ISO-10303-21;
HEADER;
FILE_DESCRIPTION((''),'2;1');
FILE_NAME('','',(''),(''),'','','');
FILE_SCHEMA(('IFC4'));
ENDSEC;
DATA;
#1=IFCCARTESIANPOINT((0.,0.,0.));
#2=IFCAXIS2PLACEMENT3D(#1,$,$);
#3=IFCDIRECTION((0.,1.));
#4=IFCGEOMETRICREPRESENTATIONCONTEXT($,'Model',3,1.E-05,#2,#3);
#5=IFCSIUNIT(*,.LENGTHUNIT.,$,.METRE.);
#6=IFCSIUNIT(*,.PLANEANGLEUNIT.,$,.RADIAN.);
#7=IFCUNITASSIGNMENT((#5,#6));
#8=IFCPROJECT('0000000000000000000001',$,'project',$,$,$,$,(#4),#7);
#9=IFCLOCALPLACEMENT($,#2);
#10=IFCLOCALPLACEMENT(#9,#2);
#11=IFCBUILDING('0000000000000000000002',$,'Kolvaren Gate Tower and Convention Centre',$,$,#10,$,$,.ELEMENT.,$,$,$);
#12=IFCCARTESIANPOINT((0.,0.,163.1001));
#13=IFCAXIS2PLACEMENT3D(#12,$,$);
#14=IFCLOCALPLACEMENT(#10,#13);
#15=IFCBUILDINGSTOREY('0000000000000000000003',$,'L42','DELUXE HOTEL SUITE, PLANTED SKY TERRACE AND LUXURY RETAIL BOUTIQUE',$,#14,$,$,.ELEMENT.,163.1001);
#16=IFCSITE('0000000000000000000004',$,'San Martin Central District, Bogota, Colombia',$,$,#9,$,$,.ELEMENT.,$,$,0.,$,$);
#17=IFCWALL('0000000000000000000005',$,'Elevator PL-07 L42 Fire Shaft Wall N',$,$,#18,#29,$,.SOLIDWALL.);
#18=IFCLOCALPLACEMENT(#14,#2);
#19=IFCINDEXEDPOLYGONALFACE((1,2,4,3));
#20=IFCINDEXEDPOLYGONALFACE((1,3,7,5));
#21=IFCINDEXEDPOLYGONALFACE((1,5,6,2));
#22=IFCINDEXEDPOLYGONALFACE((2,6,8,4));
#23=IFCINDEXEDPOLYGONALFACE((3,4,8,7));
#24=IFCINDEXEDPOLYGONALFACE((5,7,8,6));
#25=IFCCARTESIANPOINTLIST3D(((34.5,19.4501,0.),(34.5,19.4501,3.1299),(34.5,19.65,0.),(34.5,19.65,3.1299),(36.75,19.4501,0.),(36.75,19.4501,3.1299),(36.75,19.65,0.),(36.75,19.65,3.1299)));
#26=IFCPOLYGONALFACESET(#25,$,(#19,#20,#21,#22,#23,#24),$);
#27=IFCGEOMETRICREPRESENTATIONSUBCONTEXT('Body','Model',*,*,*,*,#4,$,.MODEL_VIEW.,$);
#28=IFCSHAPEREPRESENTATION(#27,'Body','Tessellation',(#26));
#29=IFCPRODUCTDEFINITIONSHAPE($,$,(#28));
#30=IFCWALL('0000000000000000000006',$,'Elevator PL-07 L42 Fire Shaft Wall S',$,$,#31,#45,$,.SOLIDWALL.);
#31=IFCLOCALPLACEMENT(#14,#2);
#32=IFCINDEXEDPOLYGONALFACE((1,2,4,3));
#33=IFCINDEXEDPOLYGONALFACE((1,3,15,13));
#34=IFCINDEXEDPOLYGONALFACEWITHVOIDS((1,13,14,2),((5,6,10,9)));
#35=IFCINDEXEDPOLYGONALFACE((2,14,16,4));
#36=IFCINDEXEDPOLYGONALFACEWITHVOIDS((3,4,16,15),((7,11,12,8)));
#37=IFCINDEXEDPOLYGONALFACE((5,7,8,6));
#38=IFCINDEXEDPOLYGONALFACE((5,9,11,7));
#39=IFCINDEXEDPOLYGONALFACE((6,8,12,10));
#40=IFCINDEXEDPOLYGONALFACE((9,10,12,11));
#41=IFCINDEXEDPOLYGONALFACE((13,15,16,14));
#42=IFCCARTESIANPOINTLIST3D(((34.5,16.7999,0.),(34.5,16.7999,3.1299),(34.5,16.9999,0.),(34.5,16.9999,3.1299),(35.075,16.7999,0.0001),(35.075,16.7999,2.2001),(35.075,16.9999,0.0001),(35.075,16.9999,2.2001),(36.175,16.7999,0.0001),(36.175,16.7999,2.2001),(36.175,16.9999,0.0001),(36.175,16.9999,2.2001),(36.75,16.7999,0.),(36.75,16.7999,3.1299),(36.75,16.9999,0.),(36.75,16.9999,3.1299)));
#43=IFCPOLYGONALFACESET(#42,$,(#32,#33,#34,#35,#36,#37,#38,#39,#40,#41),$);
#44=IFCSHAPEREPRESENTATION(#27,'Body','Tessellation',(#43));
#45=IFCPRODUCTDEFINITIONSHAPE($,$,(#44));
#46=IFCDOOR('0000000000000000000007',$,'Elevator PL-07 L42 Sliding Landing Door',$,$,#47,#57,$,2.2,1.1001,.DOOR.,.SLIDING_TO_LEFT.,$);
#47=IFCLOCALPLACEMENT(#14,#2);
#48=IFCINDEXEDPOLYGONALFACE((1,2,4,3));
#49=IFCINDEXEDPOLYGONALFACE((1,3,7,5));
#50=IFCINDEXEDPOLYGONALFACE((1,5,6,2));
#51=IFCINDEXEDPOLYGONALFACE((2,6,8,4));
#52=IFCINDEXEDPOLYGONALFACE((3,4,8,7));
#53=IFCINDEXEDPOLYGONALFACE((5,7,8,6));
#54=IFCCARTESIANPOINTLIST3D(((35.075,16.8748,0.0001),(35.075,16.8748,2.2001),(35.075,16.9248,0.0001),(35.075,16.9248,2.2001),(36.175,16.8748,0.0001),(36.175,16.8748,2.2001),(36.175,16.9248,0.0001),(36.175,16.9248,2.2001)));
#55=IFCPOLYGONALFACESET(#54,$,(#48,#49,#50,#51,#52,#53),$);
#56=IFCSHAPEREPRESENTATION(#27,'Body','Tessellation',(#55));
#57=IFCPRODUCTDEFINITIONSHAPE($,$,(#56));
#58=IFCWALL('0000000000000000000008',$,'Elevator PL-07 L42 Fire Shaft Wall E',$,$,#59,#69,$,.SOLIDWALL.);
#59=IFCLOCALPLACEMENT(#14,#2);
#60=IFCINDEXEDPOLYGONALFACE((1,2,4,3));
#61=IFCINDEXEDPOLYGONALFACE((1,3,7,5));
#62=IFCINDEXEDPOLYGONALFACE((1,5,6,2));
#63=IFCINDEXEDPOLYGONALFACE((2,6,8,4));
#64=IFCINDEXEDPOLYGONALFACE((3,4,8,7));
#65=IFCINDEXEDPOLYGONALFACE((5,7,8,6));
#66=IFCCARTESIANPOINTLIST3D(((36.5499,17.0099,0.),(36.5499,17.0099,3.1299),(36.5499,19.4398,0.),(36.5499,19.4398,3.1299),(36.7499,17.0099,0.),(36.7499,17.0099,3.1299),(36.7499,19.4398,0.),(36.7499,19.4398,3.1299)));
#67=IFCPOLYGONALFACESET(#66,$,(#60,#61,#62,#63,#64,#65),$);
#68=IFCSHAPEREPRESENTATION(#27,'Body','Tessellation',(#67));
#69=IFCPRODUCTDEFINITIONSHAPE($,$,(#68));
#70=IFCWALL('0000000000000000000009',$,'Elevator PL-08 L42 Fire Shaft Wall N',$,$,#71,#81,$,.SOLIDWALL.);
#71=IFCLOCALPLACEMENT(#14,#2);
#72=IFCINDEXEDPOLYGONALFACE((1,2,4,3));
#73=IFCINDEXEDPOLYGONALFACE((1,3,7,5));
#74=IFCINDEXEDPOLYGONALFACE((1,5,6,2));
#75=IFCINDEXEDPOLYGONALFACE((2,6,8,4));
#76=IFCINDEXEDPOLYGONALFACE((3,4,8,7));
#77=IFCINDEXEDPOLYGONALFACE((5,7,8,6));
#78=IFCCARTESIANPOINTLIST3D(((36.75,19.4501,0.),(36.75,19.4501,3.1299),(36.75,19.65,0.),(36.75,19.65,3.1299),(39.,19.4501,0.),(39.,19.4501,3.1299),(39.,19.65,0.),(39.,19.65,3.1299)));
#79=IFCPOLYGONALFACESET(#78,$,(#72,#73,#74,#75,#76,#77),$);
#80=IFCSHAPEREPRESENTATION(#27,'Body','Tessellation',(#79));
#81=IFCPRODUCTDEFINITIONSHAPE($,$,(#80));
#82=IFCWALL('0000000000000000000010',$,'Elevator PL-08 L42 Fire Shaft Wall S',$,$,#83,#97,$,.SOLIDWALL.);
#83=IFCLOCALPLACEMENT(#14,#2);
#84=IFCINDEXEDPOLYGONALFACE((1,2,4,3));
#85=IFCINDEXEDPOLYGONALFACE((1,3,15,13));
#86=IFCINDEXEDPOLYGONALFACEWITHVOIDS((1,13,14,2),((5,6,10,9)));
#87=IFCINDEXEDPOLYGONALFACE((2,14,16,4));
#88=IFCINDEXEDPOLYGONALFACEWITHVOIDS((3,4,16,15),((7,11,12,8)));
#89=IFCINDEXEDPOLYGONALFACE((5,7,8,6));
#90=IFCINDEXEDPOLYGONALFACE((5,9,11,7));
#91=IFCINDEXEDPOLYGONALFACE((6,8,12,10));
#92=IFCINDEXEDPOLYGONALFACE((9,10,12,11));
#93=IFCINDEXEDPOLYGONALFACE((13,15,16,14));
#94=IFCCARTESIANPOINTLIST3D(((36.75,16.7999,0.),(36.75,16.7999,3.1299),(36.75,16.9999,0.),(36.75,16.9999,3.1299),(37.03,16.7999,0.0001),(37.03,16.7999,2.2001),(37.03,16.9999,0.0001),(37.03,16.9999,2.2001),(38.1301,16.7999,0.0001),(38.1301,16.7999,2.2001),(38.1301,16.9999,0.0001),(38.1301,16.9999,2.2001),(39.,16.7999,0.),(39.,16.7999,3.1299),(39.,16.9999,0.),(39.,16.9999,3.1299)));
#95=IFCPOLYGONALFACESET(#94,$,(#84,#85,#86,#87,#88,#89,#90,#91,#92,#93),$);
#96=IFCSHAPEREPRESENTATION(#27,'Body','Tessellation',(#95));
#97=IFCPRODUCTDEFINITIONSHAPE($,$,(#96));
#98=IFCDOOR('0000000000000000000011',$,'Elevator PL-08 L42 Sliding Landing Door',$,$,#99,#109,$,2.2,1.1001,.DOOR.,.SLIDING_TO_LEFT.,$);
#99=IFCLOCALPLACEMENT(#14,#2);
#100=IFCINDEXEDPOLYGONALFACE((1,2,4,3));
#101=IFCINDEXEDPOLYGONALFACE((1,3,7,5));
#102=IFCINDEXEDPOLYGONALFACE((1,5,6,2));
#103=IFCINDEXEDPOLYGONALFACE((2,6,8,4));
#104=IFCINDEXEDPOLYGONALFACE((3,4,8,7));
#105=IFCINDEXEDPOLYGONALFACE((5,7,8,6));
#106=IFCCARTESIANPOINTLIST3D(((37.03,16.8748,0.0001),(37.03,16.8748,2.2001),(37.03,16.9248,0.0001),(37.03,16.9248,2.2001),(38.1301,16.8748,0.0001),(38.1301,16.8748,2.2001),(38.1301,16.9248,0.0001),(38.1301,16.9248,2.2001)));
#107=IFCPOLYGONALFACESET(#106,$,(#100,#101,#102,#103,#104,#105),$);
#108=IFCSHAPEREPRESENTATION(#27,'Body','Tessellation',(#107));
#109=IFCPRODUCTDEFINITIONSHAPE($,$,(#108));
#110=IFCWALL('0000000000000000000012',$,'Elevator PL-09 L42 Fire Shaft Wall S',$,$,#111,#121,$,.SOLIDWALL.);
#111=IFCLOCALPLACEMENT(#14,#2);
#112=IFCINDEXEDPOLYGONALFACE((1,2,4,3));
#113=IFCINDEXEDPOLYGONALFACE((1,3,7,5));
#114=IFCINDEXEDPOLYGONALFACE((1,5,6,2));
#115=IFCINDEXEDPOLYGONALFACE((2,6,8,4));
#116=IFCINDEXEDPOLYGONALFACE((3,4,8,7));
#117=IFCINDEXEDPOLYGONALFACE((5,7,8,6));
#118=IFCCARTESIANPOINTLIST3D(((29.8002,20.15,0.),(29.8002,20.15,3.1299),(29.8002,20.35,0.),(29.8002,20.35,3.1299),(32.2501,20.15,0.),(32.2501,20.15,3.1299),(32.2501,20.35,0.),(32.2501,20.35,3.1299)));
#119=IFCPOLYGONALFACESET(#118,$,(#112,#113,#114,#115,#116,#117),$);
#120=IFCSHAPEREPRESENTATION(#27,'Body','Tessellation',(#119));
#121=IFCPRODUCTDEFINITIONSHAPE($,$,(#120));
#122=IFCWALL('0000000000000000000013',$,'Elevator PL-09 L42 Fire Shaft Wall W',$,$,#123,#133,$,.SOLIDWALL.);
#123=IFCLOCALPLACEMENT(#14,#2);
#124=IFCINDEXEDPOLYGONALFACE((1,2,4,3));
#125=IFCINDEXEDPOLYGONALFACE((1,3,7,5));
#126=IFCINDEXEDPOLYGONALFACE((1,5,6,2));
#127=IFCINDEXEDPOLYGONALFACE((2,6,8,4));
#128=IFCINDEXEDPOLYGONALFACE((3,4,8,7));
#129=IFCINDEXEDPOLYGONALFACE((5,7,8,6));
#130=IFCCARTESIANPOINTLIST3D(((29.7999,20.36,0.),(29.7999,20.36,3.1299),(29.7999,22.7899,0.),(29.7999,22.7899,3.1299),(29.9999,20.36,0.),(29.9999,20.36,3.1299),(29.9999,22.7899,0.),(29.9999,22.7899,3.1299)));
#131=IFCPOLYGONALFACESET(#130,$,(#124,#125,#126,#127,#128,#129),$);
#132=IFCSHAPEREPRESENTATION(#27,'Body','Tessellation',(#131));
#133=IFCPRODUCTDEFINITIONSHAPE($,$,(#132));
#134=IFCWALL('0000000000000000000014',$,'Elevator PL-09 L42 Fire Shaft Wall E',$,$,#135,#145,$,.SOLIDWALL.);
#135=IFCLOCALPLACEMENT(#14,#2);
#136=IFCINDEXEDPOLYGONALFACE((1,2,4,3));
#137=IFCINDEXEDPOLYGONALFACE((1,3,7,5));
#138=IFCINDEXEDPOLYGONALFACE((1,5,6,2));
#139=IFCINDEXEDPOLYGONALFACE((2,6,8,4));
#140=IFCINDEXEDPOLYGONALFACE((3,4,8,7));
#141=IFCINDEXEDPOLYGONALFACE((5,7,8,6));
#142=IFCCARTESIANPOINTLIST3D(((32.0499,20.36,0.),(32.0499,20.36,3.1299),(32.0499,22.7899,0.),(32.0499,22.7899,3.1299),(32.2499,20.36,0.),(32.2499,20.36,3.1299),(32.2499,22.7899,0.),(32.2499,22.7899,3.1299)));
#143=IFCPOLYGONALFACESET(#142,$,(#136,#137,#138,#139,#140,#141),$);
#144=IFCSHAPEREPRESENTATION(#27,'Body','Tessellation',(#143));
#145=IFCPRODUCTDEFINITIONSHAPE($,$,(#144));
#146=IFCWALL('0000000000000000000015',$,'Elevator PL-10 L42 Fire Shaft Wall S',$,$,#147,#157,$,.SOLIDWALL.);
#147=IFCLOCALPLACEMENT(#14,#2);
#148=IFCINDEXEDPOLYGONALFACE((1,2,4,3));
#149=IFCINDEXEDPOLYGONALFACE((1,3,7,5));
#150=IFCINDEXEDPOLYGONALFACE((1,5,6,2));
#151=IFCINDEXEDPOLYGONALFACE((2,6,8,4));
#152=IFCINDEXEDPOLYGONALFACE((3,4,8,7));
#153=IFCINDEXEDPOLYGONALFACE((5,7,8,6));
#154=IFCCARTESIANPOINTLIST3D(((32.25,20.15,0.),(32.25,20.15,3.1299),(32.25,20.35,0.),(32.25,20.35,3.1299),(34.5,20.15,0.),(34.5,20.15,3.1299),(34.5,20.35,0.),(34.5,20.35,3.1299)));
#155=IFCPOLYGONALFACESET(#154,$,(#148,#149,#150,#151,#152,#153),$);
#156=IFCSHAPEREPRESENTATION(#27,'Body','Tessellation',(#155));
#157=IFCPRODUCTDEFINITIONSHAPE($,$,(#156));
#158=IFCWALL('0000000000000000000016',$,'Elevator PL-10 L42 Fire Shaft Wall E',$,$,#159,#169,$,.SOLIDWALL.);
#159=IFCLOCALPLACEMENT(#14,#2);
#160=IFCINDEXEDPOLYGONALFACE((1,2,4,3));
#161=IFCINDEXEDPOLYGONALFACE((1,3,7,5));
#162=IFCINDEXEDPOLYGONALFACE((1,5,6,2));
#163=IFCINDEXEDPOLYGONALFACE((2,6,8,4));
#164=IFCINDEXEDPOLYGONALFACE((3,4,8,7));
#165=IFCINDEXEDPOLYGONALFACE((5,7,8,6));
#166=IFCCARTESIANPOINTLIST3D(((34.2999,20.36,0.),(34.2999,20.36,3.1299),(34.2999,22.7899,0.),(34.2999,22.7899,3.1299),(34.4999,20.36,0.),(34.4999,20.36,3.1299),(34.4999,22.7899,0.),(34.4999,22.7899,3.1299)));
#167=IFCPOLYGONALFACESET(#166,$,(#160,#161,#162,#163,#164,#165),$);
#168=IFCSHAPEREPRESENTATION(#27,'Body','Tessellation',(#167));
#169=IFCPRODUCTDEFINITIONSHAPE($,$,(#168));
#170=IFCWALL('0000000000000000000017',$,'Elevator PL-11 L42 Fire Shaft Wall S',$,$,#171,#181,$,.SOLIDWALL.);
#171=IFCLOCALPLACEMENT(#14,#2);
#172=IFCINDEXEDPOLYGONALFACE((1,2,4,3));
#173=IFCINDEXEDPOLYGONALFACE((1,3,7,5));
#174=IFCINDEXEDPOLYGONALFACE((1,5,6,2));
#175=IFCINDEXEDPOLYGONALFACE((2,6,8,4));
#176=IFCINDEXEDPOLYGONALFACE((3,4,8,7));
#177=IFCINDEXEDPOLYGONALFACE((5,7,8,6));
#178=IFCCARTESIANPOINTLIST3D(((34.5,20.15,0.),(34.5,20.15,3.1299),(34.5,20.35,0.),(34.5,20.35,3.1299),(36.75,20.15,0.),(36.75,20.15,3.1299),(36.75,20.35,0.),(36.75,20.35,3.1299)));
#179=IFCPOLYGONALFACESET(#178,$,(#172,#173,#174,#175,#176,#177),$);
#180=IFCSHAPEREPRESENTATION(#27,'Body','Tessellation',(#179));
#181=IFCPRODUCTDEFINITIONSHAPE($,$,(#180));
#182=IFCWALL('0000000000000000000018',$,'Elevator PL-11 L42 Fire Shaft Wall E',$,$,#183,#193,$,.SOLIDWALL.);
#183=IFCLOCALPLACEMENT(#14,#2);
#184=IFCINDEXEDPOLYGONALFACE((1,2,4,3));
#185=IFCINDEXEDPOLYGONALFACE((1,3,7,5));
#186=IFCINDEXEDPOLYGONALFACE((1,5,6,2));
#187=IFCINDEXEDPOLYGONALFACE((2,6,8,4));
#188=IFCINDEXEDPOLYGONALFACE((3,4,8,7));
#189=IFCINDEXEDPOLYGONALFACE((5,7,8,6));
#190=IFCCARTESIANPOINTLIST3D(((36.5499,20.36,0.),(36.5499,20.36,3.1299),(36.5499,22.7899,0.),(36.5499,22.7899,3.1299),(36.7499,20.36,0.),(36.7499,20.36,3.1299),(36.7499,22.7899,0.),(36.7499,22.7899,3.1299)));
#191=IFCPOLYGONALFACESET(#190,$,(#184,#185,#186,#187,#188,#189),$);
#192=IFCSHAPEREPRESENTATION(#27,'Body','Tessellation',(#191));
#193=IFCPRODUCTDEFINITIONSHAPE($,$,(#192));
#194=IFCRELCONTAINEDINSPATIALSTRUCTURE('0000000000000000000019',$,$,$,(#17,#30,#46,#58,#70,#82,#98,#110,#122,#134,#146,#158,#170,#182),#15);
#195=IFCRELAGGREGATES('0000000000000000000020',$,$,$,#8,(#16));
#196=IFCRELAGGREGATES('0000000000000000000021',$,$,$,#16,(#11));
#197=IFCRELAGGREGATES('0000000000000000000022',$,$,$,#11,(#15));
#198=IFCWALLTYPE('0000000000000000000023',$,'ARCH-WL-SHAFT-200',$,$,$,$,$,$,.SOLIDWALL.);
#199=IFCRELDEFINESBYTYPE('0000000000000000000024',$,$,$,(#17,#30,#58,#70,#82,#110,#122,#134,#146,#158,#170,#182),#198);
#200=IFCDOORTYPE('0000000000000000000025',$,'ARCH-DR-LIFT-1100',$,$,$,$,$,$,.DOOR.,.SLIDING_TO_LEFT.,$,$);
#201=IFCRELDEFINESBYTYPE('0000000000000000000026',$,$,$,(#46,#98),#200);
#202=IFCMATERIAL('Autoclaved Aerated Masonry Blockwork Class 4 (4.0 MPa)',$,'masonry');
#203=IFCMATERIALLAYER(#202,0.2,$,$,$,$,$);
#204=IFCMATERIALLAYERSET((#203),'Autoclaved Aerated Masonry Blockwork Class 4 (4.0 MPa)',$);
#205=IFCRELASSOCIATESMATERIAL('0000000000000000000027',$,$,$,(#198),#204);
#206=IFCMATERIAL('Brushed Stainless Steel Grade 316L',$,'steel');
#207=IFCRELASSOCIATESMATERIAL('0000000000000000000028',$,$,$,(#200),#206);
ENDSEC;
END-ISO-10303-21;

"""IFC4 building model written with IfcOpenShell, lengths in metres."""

from ifc_helpers import new_model, si_unit, direction, frame, frame_2d, origin, place, context, subcontext, project, spatial, rectangle, extrude, material, layer, layer_set, type_object, element, fill, save


model = new_model("IFC4")

# Units and contexts
model_context = context("Model", 3, precision=1e-05, world=origin(), true_north=direction((0.0, 1.0)))
body_context = subcontext(model_context, "Body", "Model", "MODEL_VIEW")
ifc_project = project(units=[si_unit("LENGTHUNIT", "METRE"), si_unit("PLANEANGLEUNIT", "RADIAN")], contexts=[model_context])

# Site, building, storey
site_placement = place(None, origin())
site = spatial("IfcSite", under=ifc_project, at=site_placement, Name="San Martin Central District, Bogota, Colombia", CompositionType="ELEMENT", RefElevation=0.0)
building_placement = place(site_placement, origin())
building = spatial("IfcBuilding", under=site, at=building_placement, Name="Kolvaren Gate Tower and Convention Centre", CompositionType="ELEMENT")
storey_placement = place(building_placement, frame((0.0, 0.0, 163.1001)))
storey = spatial("IfcBuildingStorey", under=building, at=storey_placement, Name="L42", Description="DELUXE HOTEL SUITE, PLANTED SKY TERRACE AND LUXURY RETAIL BOUTIQUE", CompositionType="ELEMENT", Elevation=163.1001)

# Shared definitions
ifc_material_1 = material(Name="Autoclaved Aerated Masonry Blockwork Class 4 (4.0 MPa)", Category="masonry")
ifc_layer_1 = layer(ifc_material_1, 0.2)
ifc_layer_set_1 = layer_set([ifc_layer_1], Name="Autoclaved Aerated Masonry Blockwork Class 4 (4.0 MPa)")
wall_type_1 = type_object("IfcWallType", Name="ARCH-WL-SHAFT-200", PredefinedType="SOLIDWALL", material=ifc_layer_set_1)

# Shared definitions
ifc_material_2 = material(Name="Brushed Stainless Steel Grade 316L", Category="steel")
door_type_1 = type_object("IfcDoorType", Name="ARCH-DR-LIFT-1100", OperationType="SLIDING_TO_LEFT", PredefinedType="DOOR", material=ifc_material_2)

# Wall
wall_1_placement = place(storey_placement, frame((34.5, 19.55, 0.0), z_axis=(0.0, 0.0, 1.0), x_axis=(1.0, 0.0, 0.0)))
element("IfcWall", 1, at=wall_1_placement, inside=storey, type_object=wall_type_1, Name="Elevator PL-07 L42 Fire Shaft Wall N", PredefinedType="SOLIDWALL", context=body_context, shape_type="SweptSolid", body=[
    extrude(rectangle(XDim=2.25, YDim=0.2, at=frame_2d((1.125, 0.0))), origin(), (0.0, 0.0, 1.0), 3.1299),
])

# Wall, opening, door
wall_2_placement = place(storey_placement, frame((34.5, 16.8999, 0.0), z_axis=(0.0, 0.0, 1.0), x_axis=(1.0, 0.0, 0.0)))
wall_2 = element("IfcWall", 2, at=wall_2_placement, inside=storey, type_object=wall_type_1, Name="Elevator PL-07 L42 Fire Shaft Wall S", PredefinedType="SOLIDWALL", context=body_context, shape_type="SweptSolid", body=[
    extrude(rectangle(XDim=2.25, YDim=0.2, at=frame_2d((1.125, 0.0))), origin(), (0.0, 0.0, 1.0), 3.1299),
])
opening_1_placement = place(wall_2_placement, frame((0.575, 0.0, 0.0)))
opening_1 = element("IfcOpeningElement", 3, at=opening_1_placement, cuts=wall_2, PredefinedType="OPENING", context=body_context, shape_type="SweptSolid", body=[
    extrude(rectangle(XDim=1.1001, YDim=2.2, at=frame_2d((0.55, 1.1001))), frame((0.0, 0.1099, 0.0), z_axis=(0.0, -1.0, 0.0), x_axis=(1.0, 0.0, 0.0)), (0.0, 0.0, 1.0), 0.22),
])
door_1_placement = place(opening_1_placement, origin())
door_1 = element("IfcDoor", 4, at=door_1_placement, inside=storey, type_object=door_type_1, Name="Elevator PL-07 L42 Sliding Landing Door", OperationType="SLIDING_TO_LEFT", OverallHeight=2.2, OverallWidth=1.1001, PredefinedType="DOOR", context=body_context, shape_type="SweptSolid", body=[
    extrude(rectangle(XDim=1.1001, YDim=2.2, at=frame_2d((0.55, 1.1001))), frame((0.0, 0.0249, 0.0), z_axis=(0.0, -1.0, 0.0), x_axis=(1.0, 0.0, 0.0)), (0.0, 0.0, 1.0), 0.05),
])
fill(opening_1, door_1)

# Walls
wall_3_placement = place(storey_placement, frame((36.6499, 17.01, 0.0), z_axis=(0.0, 0.0, 1.0), x_axis=(0.0, 1.0, 0.0)))
element("IfcWall", 5, at=wall_3_placement, inside=storey, type_object=wall_type_1, Name="Elevator PL-07 L42 Fire Shaft Wall E", PredefinedType="SOLIDWALL", context=body_context, shape_type="SweptSolid", body=[
    extrude(rectangle(XDim=2.4299, YDim=0.2, at=frame_2d((1.2148, 0.0))), origin(), (0.0, 0.0, 1.0), 3.1299),
])
wall_4_placement = place(storey_placement, frame((36.75, 19.55, 0.0), z_axis=(0.0, 0.0, 1.0), x_axis=(1.0, 0.0, 0.0)))
element("IfcWall", 6, at=wall_4_placement, inside=storey, type_object=wall_type_1, Name="Elevator PL-08 L42 Fire Shaft Wall N", PredefinedType="SOLIDWALL", context=body_context, shape_type="SweptSolid", body=[
    extrude(rectangle(XDim=2.25, YDim=0.2, at=frame_2d((1.125, 0.0))), origin(), (0.0, 0.0, 1.0), 3.1299),
])

# Wall, opening, door
wall_5_placement = place(storey_placement, frame((36.75, 16.8999, 0.0), z_axis=(0.0, 0.0, 1.0), x_axis=(1.0, 0.0, 0.0)))
wall_5 = element("IfcWall", 7, at=wall_5_placement, inside=storey, type_object=wall_type_1, Name="Elevator PL-08 L42 Fire Shaft Wall S", PredefinedType="SOLIDWALL", context=body_context, shape_type="SweptSolid", body=[
    extrude(rectangle(XDim=2.25, YDim=0.2, at=frame_2d((1.125, 0.0))), origin(), (0.0, 0.0, 1.0), 3.1299),
])
opening_2_placement = place(wall_5_placement, frame((0.28, 0.0, 0.0)))
opening_2 = element("IfcOpeningElement", 8, at=opening_2_placement, cuts=wall_5, PredefinedType="OPENING", context=body_context, shape_type="SweptSolid", body=[
    extrude(rectangle(XDim=1.1001, YDim=2.2, at=frame_2d((0.55, 1.1001))), frame((0.0, 0.1099, 0.0), z_axis=(0.0, -1.0, 0.0), x_axis=(1.0, 0.0, 0.0)), (0.0, 0.0, 1.0), 0.22),
])
door_2_placement = place(opening_2_placement, origin())
door_2 = element("IfcDoor", 9, at=door_2_placement, inside=storey, type_object=door_type_1, Name="Elevator PL-08 L42 Sliding Landing Door", OperationType="SLIDING_TO_LEFT", OverallHeight=2.2, OverallWidth=1.1001, PredefinedType="DOOR", context=body_context, shape_type="SweptSolid", body=[
    extrude(rectangle(XDim=1.1001, YDim=2.2, at=frame_2d((0.55, 1.1001))), frame((0.0, 0.0249, 0.0), z_axis=(0.0, -1.0, 0.0), x_axis=(1.0, 0.0, 0.0)), (0.0, 0.0, 1.0), 0.05),
])
fill(opening_2, door_2)

# Walls
wall_6_placement = place(storey_placement, frame((29.8, 20.25, 0.0), z_axis=(0.0, 0.0, 1.0), x_axis=(1.0, 0.0, 0.0)))
element("IfcWall", 10, at=wall_6_placement, inside=storey, type_object=wall_type_1, Name="Elevator PL-09 L42 Fire Shaft Wall S", PredefinedType="SOLIDWALL", context=body_context, shape_type="SweptSolid", body=[
    extrude(rectangle(XDim=2.45, YDim=0.2, at=frame_2d((1.2251, 0.0))), origin(), (0.0, 0.0, 1.0), 3.1299),
])
for number, where, z_axis, x_axis, name in (
    (11, (29.8999, 20.3601, 0.0), (0.0, 0.0, 1.0), (0.0, 1.0, 0.0), "Elevator PL-09 L42 Fire Shaft Wall W"),
    (12, (32.1499, 20.3601, 0.0), (0.0, 0.0, 1.0), (0.0, 1.0, 0.0), "Elevator PL-09 L42 Fire Shaft Wall E"),
):
    element("IfcWall", number, at=place(storey_placement, frame(where, z_axis=z_axis, x_axis=x_axis)), inside=storey, type_object=wall_type_1, Name=name, PredefinedType="SOLIDWALL", context=body_context, shape_type="SweptSolid", body=[
        extrude(rectangle(XDim=2.4299, YDim=0.2, at=frame_2d((1.2148, 0.0))), origin(), (0.0, 0.0, 1.0), 3.1299),
    ])
wall_7_placement = place(storey_placement, frame((32.25, 20.25, 0.0), z_axis=(0.0, 0.0, 1.0), x_axis=(1.0, 0.0, 0.0)))
element("IfcWall", 13, at=wall_7_placement, inside=storey, type_object=wall_type_1, Name="Elevator PL-10 L42 Fire Shaft Wall S", PredefinedType="SOLIDWALL", context=body_context, shape_type="SweptSolid", body=[
    extrude(rectangle(XDim=2.25, YDim=0.2, at=frame_2d((1.125, 0.0))), origin(), (0.0, 0.0, 1.0), 3.1299),
])
wall_8_placement = place(storey_placement, frame((34.3999, 20.3601, 0.0), z_axis=(0.0, 0.0, 1.0), x_axis=(0.0, 1.0, 0.0)))
element("IfcWall", 14, at=wall_8_placement, inside=storey, type_object=wall_type_1, Name="Elevator PL-10 L42 Fire Shaft Wall E", PredefinedType="SOLIDWALL", context=body_context, shape_type="SweptSolid", body=[
    extrude(rectangle(XDim=2.4299, YDim=0.2, at=frame_2d((1.2148, 0.0))), origin(), (0.0, 0.0, 1.0), 3.1299),
])
wall_9_placement = place(storey_placement, frame((34.5, 20.25, 0.0), z_axis=(0.0, 0.0, 1.0), x_axis=(1.0, 0.0, 0.0)))
element("IfcWall", 15, at=wall_9_placement, inside=storey, type_object=wall_type_1, Name="Elevator PL-11 L42 Fire Shaft Wall S", PredefinedType="SOLIDWALL", context=body_context, shape_type="SweptSolid", body=[
    extrude(rectangle(XDim=2.25, YDim=0.2, at=frame_2d((1.125, 0.0))), origin(), (0.0, 0.0, 1.0), 3.1299),
])
wall_10_placement = place(storey_placement, frame((36.6499, 20.3601, 0.0), z_axis=(0.0, 0.0, 1.0), x_axis=(0.0, 1.0, 0.0)))
element("IfcWall", 16, at=wall_10_placement, inside=storey, type_object=wall_type_1, Name="Elevator PL-11 L42 Fire Shaft Wall E", PredefinedType="SOLIDWALL", context=body_context, shape_type="SweptSolid", body=[
    extrude(rectangle(XDim=2.4299, YDim=0.2, at=frame_2d((1.2148, 0.0))), origin(), (0.0, 0.0, 1.0), 3.1299),
])

save(model, "model.ifc")
